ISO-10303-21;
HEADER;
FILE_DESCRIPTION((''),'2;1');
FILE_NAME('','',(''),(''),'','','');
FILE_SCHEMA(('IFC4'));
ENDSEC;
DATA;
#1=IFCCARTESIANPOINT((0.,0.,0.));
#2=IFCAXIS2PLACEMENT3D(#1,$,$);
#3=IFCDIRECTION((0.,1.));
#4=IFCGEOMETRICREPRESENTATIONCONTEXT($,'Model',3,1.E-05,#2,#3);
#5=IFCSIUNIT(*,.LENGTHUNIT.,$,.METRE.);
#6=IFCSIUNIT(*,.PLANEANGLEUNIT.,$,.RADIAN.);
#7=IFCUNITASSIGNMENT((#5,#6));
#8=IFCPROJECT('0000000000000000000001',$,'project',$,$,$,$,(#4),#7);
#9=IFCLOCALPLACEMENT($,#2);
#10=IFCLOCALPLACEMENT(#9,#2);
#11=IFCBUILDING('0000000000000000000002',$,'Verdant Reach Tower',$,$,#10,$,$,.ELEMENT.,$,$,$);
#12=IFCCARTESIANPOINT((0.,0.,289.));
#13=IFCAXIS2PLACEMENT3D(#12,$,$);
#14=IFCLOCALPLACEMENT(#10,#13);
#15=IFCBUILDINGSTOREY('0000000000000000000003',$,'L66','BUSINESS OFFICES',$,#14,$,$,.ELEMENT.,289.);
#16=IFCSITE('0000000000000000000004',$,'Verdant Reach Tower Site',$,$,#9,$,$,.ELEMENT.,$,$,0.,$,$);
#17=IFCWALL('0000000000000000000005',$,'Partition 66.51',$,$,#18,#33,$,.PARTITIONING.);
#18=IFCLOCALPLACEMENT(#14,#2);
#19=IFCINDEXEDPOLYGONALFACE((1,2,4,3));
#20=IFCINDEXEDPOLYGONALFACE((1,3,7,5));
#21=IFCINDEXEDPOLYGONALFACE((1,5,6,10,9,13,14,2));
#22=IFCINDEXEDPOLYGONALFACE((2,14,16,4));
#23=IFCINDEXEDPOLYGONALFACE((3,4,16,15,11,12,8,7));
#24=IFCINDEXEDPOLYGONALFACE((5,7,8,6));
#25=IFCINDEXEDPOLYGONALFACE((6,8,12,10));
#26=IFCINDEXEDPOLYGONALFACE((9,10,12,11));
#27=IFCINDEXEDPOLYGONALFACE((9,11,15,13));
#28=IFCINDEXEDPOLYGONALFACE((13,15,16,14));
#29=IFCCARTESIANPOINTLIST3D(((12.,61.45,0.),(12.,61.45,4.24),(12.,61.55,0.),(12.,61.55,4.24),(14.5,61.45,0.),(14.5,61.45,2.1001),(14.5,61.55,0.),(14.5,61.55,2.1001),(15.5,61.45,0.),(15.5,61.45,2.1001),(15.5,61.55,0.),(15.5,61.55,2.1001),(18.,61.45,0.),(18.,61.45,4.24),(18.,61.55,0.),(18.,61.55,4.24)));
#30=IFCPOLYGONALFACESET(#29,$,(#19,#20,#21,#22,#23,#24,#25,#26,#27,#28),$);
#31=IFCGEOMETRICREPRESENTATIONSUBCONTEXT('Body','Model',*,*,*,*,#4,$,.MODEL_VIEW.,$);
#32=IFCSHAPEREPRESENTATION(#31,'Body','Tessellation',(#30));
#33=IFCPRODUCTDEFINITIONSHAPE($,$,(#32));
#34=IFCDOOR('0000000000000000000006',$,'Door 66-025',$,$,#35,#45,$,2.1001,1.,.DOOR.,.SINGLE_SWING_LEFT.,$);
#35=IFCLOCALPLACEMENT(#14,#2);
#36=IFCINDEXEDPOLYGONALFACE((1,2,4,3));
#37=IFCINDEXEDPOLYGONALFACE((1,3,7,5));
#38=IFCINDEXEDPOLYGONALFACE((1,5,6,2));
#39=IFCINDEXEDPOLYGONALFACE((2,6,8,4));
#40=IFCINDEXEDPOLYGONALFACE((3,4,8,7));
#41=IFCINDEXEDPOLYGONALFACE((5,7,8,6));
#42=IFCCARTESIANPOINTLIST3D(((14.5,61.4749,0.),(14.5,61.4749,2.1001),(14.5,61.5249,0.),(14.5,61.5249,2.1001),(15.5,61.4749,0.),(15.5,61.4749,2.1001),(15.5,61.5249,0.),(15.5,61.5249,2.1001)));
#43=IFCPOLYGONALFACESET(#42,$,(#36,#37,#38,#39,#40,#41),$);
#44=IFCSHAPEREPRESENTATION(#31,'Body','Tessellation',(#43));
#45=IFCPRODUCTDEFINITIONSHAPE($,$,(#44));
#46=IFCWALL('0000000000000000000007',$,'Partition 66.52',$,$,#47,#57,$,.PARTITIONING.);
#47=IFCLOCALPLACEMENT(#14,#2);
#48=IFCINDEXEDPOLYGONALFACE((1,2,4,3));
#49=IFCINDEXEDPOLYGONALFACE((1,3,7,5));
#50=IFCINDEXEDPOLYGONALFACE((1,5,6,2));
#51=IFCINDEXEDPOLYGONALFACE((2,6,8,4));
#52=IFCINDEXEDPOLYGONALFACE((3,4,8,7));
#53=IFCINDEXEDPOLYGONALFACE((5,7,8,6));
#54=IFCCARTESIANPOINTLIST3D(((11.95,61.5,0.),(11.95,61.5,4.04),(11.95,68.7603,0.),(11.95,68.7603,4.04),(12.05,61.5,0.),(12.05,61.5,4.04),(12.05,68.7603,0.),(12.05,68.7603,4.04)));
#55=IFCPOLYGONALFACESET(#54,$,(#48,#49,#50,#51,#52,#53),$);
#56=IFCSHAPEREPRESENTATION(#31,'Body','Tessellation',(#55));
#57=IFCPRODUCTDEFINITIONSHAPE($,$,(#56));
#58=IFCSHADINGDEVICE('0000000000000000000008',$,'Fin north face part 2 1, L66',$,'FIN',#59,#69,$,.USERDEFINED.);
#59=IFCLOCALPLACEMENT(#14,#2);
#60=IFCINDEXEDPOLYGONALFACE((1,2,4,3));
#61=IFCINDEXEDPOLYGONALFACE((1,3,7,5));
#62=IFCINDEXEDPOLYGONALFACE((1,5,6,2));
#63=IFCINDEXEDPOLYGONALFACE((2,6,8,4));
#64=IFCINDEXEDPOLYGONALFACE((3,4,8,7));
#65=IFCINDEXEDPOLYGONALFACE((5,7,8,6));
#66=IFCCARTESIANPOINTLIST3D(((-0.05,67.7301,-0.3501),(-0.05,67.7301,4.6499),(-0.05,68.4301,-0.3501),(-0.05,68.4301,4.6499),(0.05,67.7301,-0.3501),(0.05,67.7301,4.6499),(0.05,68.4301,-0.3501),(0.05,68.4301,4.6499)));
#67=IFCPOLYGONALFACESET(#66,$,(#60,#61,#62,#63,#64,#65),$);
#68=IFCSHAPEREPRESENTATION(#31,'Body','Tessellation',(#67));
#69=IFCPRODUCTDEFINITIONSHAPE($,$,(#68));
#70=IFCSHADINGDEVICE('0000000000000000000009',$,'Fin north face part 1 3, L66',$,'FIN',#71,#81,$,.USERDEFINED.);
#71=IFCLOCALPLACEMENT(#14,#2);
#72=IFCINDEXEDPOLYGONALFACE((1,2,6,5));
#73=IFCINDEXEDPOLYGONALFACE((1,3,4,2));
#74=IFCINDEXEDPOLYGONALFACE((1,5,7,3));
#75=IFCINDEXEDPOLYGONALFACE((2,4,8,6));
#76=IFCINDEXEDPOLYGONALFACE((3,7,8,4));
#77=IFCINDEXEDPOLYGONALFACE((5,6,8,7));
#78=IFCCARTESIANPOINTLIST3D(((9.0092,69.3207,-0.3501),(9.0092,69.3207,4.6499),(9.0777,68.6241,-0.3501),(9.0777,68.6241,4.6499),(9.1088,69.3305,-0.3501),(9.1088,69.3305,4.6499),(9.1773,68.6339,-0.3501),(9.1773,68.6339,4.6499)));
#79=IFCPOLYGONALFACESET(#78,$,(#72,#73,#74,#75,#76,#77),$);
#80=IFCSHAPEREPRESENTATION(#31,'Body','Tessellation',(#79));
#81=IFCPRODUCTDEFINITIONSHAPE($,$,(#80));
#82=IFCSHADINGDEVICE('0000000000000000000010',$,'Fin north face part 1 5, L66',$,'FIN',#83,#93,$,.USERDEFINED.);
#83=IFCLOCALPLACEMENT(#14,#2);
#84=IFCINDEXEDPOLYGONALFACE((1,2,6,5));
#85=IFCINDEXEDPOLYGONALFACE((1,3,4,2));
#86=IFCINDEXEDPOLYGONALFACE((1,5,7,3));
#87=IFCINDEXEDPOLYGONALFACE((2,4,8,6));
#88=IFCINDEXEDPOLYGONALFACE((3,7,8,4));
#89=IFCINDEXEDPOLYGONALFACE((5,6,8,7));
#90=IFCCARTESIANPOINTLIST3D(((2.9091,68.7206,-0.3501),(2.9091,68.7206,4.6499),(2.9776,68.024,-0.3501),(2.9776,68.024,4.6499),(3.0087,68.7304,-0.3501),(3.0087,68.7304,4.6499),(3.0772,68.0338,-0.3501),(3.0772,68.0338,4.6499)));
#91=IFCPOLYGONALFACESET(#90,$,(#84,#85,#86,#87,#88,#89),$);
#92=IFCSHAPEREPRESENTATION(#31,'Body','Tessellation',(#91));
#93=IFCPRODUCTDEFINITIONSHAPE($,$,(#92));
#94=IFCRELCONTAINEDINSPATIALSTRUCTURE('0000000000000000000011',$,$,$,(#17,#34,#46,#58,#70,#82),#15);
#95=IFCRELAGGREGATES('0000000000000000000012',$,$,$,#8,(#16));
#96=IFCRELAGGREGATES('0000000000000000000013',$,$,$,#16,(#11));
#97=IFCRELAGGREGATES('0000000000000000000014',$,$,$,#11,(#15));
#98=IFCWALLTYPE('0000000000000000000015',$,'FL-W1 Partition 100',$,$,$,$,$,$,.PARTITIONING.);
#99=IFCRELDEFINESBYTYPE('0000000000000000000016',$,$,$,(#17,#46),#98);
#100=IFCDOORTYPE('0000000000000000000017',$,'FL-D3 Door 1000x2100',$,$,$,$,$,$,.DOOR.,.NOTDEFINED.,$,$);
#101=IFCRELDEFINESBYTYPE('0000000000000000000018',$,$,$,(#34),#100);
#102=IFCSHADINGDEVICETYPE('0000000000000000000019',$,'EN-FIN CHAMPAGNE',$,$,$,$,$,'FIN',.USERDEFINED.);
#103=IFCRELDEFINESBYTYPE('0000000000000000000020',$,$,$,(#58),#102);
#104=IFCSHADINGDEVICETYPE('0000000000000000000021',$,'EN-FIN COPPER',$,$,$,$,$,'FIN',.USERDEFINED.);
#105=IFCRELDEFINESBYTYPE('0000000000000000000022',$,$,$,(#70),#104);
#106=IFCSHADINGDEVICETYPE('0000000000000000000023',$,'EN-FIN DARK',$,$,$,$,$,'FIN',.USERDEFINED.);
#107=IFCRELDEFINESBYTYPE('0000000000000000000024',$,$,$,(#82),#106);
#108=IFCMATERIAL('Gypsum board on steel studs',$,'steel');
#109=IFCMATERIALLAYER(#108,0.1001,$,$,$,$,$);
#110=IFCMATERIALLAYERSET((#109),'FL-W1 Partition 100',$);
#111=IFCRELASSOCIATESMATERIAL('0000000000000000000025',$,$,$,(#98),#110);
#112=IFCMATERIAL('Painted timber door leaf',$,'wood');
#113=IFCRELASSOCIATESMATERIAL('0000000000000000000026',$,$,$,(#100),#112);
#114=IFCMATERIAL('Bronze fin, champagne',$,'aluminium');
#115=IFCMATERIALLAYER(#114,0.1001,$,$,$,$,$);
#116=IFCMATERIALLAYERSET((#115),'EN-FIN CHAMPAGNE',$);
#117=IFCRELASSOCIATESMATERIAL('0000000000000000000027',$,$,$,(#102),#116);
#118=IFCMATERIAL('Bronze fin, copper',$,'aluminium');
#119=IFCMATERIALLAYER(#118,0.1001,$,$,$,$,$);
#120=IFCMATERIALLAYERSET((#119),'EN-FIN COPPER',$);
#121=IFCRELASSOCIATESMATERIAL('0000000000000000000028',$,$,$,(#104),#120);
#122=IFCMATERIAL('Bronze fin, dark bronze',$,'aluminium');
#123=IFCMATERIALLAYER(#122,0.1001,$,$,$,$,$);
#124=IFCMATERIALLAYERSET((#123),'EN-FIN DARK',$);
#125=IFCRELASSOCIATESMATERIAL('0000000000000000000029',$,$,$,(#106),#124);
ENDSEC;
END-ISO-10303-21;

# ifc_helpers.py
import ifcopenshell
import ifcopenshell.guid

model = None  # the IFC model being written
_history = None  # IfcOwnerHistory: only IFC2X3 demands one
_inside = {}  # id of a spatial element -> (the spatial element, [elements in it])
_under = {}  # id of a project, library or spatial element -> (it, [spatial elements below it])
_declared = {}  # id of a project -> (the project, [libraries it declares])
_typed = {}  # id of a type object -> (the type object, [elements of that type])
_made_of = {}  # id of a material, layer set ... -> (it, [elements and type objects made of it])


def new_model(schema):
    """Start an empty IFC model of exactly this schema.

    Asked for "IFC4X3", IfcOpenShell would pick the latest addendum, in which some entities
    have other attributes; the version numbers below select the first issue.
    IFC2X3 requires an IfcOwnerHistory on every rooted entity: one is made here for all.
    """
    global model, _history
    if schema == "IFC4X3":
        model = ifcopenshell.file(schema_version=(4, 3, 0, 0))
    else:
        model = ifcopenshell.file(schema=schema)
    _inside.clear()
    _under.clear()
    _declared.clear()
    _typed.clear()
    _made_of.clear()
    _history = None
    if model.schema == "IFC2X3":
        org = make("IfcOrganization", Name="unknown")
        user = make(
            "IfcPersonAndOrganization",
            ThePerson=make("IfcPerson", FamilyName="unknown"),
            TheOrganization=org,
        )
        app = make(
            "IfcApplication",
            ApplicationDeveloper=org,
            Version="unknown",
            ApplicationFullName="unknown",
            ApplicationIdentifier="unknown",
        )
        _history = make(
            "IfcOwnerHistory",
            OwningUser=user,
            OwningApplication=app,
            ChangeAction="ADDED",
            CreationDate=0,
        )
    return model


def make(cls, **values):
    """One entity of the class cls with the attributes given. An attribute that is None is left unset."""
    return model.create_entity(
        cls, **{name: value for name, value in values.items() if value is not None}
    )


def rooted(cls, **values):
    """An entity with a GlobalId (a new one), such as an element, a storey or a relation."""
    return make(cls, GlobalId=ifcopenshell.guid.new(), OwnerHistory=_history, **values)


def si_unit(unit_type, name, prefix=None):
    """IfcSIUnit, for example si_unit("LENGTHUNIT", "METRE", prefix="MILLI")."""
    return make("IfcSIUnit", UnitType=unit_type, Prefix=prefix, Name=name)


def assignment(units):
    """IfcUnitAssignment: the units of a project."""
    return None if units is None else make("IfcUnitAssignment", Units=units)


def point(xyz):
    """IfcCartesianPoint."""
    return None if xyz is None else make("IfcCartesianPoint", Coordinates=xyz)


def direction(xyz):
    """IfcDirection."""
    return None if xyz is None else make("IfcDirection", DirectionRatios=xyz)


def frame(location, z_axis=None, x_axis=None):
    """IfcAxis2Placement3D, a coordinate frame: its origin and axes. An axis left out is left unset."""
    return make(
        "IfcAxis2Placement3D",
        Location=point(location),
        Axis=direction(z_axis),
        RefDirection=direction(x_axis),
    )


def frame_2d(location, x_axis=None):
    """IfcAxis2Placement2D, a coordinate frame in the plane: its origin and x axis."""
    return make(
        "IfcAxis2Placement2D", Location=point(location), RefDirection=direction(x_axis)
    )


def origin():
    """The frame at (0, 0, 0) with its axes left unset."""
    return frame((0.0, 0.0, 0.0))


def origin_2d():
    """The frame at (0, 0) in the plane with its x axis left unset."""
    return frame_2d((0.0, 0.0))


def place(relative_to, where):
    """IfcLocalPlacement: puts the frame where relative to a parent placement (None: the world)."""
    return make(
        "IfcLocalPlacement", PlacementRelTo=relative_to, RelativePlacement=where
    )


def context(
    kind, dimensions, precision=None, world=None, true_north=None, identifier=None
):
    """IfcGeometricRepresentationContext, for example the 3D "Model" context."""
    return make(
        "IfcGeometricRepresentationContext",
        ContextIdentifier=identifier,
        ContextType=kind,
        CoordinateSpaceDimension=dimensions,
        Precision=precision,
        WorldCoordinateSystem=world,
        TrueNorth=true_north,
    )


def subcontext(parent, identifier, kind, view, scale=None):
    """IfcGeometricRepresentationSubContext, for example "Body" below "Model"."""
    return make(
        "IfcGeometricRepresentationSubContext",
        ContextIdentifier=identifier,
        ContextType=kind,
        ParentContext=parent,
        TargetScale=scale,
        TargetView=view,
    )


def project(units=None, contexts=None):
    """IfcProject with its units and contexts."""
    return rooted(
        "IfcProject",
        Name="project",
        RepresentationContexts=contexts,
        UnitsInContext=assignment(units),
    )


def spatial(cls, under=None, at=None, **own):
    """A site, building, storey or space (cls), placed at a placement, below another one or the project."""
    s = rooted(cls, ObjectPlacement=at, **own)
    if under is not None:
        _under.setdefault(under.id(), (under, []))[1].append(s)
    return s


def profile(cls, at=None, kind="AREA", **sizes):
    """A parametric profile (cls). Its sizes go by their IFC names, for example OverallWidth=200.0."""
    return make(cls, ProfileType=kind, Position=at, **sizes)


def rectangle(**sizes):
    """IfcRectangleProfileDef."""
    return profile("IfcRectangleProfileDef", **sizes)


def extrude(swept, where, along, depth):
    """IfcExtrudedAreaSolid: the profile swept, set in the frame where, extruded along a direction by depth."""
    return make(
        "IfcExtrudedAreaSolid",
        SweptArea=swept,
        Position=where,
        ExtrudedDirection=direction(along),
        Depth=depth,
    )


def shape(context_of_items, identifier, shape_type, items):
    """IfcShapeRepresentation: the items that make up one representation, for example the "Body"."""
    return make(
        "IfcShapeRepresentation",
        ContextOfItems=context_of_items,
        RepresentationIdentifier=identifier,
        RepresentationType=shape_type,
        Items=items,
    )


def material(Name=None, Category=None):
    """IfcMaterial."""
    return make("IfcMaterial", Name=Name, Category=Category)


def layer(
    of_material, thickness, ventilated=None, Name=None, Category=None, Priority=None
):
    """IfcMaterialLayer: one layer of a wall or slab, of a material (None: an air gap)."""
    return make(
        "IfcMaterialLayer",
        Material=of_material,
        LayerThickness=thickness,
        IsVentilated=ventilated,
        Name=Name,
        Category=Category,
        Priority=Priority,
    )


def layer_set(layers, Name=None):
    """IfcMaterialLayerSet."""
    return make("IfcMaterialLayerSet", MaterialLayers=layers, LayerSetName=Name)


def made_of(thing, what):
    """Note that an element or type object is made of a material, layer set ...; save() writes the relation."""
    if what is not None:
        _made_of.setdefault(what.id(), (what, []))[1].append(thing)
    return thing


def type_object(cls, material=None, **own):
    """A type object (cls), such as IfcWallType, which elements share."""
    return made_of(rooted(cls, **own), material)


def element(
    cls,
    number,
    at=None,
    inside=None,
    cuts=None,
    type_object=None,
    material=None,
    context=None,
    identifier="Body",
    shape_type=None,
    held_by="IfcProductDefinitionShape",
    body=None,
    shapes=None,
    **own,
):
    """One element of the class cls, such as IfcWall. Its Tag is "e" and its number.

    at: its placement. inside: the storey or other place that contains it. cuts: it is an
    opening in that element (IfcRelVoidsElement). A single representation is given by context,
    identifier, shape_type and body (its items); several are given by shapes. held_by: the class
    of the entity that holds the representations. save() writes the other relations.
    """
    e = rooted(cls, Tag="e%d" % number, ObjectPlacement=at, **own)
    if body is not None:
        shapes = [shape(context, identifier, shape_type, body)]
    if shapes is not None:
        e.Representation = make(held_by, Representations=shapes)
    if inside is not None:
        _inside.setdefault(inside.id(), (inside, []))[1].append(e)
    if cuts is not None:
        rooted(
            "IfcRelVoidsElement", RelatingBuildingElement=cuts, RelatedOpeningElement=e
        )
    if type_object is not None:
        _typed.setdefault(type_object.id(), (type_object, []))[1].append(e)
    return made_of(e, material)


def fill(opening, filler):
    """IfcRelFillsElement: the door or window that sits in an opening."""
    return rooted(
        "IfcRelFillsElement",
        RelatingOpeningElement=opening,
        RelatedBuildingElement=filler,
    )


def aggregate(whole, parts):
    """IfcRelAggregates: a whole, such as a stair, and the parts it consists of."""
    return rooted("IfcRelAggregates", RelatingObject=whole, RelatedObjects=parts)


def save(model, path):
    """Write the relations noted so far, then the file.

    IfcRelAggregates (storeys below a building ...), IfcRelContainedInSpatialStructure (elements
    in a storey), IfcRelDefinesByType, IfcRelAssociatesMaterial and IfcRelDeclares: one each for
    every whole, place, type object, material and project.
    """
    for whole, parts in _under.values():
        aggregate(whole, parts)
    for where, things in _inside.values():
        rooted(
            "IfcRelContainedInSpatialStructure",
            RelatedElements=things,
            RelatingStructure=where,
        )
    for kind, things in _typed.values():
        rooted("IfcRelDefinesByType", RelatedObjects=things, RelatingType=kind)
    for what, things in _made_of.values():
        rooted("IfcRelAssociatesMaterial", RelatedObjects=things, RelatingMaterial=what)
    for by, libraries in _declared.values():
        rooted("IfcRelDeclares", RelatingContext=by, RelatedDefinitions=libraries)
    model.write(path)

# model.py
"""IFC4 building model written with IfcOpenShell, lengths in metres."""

from ifc_helpers import new_model, si_unit, direction, frame, frame_2d, origin, origin_2d, place, context, subcontext, project, spatial, rectangle, extrude, material, layer, layer_set, type_object, element, fill, save


model = new_model("IFC4")

# Units and contexts
model_context = context("Model", 3, precision=1e-05, world=origin(), true_north=direction((0.0, 1.0)))
body_context = subcontext(model_context, "Body", "Model", "MODEL_VIEW")
ifc_project = project(units=[si_unit("LENGTHUNIT", "METRE"), si_unit("PLANEANGLEUNIT", "RADIAN")], contexts=[model_context])

# Site, building, storey
site_placement = place(None, origin())
site = spatial("IfcSite", under=ifc_project, at=site_placement, Name="Verdant Reach Tower Site", CompositionType="ELEMENT", RefElevation=0.0)
building_placement = place(site_placement, origin())
building = spatial("IfcBuilding", under=site, at=building_placement, Name="Verdant Reach Tower", CompositionType="ELEMENT")
storey_placement = place(building_placement, frame((0.0, 0.0, 289.0)))
storey = spatial("IfcBuildingStorey", under=building, at=storey_placement, Name="L66", Description="BUSINESS OFFICES", CompositionType="ELEMENT", Elevation=289.0)

# Shared definitions
ifc_material_1 = material(Name="Gypsum board on steel studs", Category="steel")
ifc_layer_1 = layer(ifc_material_1, 0.1001)
ifc_layer_set_1 = layer_set([ifc_layer_1], Name="FL-W1 Partition 100")
wall_type = type_object("IfcWallType", Name="FL-W1 Partition 100", PredefinedType="PARTITIONING", material=ifc_layer_set_1)

# Wall, opening, door
ifc_material_2 = material(Name="Painted timber door leaf", Category="wood")
door_type = type_object("IfcDoorType", Name="FL-D3 Door 1000x2100", OperationType="NOTDEFINED", PredefinedType="DOOR", material=ifc_material_2)
wall_1_placement = place(storey_placement, frame((12.0, 61.5, 0.0), z_axis=(0.0, 0.0, 1.0), x_axis=(1.0, 0.0, 0.0)))
wall_1 = element("IfcWall", 1, at=wall_1_placement, inside=storey, type_object=wall_type, Name="Partition 66.51", PredefinedType="PARTITIONING", context=body_context, shape_type="SweptSolid", body=[
    extrude(rectangle(XDim=6.0, YDim=0.1001, at=frame_2d((3.0, 0.0))), origin(), (0.0, 0.0, 1.0), 4.24),
])
opening_1_placement = place(wall_1_placement, frame((2.5, 0.0, 0.0)))
opening_1 = element("IfcOpeningElement", 2, at=opening_1_placement, cuts=wall_1, PredefinedType="OPENING", context=body_context, shape_type="SweptSolid", body=[
    extrude(rectangle(XDim=1.0, YDim=2.1001, at=frame_2d((0.5, 1.05))), frame((0.0, 0.0601, 0.0), z_axis=(0.0, -1.0, 0.0), x_axis=(1.0, 0.0, 0.0)), (0.0, 0.0, 1.0), 0.1201),
])
door_1_placement = place(opening_1_placement, origin())
door_1 = element("IfcDoor", 3, at=door_1_placement, inside=storey, type_object=door_type, Name="Door 66-025", OperationType="SINGLE_SWING_LEFT", OverallHeight=2.1001, OverallWidth=1.0, PredefinedType="DOOR", context=body_context, shape_type="SweptSolid", body=[
    extrude(rectangle(XDim=1.0, YDim=2.1001, at=frame_2d((0.5, 1.05))), frame((0.0, 0.0249, 0.0), z_axis=(0.0, -1.0, 0.0), x_axis=(1.0, 0.0, 0.0)), (0.0, 0.0, 1.0), 0.05),
])
fill(opening_1, door_1)

# Wall
wall_2_placement = place(storey_placement, frame((12.0, 61.5, 0.0), z_axis=(0.0, 0.0, 1.0), x_axis=(0.0, 1.0, 0.0)))
element("IfcWall", 4, at=wall_2_placement, inside=storey, type_object=wall_type, Name="Partition 66.52", PredefinedType="PARTITIONING", context=body_context, shape_type="SweptSolid", body=[
    extrude(rectangle(XDim=7.2603, YDim=0.1001, at=frame_2d((3.6301, 0.0))), origin(), (0.0, 0.0, 1.0), 4.04),
])

# Shading devices
ifc_material_3 = material(Name="Bronze fin, champagne", Category="aluminium")
ifc_layer_2 = layer(ifc_material_3, 0.1001)
ifc_layer_set_2 = layer_set([ifc_layer_2], Name="EN-FIN CHAMPAGNE")
shading_device_type_1 = type_object("IfcShadingDeviceType", Name="EN-FIN CHAMPAGNE", ElementType="FIN", PredefinedType="USERDEFINED", material=ifc_layer_set_2)
shading_device_1_placement = place(storey_placement, frame((0.0, 68.0801, -0.3501), z_axis=(0.0, 0.0, 1.0), x_axis=(-1.0, 0.0, 0.0)))
element("IfcShadingDevice", 5, at=shading_device_1_placement, inside=storey, type_object=shading_device_type_1, Name="Fin north face part 2 1, L66", ObjectType="FIN", PredefinedType="USERDEFINED", context=body_context, shape_type="SweptSolid", body=[
    extrude(rectangle(XDim=0.1001, YDim=0.7, at=origin_2d()), origin(), (0.0, 0.0, 1.0), 5.0),
])
ifc_material_4 = material(Name="Bronze fin, copper", Category="aluminium")
ifc_layer_3 = layer(ifc_material_4, 0.1001)
ifc_layer_set_3 = layer_set([ifc_layer_3], Name="EN-FIN COPPER")
shading_device_type_2 = type_object("IfcShadingDeviceType", Name="EN-FIN COPPER", ElementType="FIN", PredefinedType="USERDEFINED", material=ifc_layer_set_3)
shading_device_2_placement = place(storey_placement, frame((9.0933, 68.9773, -0.3501), z_axis=(0.0, 0.0, 1.0), x_axis=(-0.995197, -0.097888, 0.0)))
element("IfcShadingDevice", 6, at=shading_device_2_placement, inside=storey, type_object=shading_device_type_2, Name="Fin north face part 1 3, L66", ObjectType="FIN", PredefinedType="USERDEFINED", context=body_context, shape_type="SweptSolid", body=[
    extrude(rectangle(XDim=0.1001, YDim=0.7, at=origin_2d()), origin(), (0.0, 0.0, 1.0), 5.0),
])
ifc_material_5 = material(Name="Bronze fin, dark bronze", Category="aluminium")
ifc_layer_4 = layer(ifc_material_5, 0.1001)
ifc_layer_set_4 = layer_set([ifc_layer_4], Name="EN-FIN DARK")
shading_device_type_3 = type_object("IfcShadingDeviceType", Name="EN-FIN DARK", ElementType="FIN", PredefinedType="USERDEFINED", material=ifc_layer_set_4)
shading_device_3_placement = place(storey_placement, frame((2.9932, 68.3772, -0.3501), z_axis=(0.0, 0.0, 1.0), x_axis=(-0.995197, -0.097888, 0.0)))
element("IfcShadingDevice", 7, at=shading_device_3_placement, inside=storey, type_object=shading_device_type_3, Name="Fin north face part 1 5, L66", ObjectType="FIN", PredefinedType="USERDEFINED", context=body_context, shape_type="SweptSolid", body=[
    extrude(rectangle(XDim=0.1001, YDim=0.7, at=origin_2d()), origin(), (0.0, 0.0, 1.0), 5.0),
])

save(model, "model.ifc")
